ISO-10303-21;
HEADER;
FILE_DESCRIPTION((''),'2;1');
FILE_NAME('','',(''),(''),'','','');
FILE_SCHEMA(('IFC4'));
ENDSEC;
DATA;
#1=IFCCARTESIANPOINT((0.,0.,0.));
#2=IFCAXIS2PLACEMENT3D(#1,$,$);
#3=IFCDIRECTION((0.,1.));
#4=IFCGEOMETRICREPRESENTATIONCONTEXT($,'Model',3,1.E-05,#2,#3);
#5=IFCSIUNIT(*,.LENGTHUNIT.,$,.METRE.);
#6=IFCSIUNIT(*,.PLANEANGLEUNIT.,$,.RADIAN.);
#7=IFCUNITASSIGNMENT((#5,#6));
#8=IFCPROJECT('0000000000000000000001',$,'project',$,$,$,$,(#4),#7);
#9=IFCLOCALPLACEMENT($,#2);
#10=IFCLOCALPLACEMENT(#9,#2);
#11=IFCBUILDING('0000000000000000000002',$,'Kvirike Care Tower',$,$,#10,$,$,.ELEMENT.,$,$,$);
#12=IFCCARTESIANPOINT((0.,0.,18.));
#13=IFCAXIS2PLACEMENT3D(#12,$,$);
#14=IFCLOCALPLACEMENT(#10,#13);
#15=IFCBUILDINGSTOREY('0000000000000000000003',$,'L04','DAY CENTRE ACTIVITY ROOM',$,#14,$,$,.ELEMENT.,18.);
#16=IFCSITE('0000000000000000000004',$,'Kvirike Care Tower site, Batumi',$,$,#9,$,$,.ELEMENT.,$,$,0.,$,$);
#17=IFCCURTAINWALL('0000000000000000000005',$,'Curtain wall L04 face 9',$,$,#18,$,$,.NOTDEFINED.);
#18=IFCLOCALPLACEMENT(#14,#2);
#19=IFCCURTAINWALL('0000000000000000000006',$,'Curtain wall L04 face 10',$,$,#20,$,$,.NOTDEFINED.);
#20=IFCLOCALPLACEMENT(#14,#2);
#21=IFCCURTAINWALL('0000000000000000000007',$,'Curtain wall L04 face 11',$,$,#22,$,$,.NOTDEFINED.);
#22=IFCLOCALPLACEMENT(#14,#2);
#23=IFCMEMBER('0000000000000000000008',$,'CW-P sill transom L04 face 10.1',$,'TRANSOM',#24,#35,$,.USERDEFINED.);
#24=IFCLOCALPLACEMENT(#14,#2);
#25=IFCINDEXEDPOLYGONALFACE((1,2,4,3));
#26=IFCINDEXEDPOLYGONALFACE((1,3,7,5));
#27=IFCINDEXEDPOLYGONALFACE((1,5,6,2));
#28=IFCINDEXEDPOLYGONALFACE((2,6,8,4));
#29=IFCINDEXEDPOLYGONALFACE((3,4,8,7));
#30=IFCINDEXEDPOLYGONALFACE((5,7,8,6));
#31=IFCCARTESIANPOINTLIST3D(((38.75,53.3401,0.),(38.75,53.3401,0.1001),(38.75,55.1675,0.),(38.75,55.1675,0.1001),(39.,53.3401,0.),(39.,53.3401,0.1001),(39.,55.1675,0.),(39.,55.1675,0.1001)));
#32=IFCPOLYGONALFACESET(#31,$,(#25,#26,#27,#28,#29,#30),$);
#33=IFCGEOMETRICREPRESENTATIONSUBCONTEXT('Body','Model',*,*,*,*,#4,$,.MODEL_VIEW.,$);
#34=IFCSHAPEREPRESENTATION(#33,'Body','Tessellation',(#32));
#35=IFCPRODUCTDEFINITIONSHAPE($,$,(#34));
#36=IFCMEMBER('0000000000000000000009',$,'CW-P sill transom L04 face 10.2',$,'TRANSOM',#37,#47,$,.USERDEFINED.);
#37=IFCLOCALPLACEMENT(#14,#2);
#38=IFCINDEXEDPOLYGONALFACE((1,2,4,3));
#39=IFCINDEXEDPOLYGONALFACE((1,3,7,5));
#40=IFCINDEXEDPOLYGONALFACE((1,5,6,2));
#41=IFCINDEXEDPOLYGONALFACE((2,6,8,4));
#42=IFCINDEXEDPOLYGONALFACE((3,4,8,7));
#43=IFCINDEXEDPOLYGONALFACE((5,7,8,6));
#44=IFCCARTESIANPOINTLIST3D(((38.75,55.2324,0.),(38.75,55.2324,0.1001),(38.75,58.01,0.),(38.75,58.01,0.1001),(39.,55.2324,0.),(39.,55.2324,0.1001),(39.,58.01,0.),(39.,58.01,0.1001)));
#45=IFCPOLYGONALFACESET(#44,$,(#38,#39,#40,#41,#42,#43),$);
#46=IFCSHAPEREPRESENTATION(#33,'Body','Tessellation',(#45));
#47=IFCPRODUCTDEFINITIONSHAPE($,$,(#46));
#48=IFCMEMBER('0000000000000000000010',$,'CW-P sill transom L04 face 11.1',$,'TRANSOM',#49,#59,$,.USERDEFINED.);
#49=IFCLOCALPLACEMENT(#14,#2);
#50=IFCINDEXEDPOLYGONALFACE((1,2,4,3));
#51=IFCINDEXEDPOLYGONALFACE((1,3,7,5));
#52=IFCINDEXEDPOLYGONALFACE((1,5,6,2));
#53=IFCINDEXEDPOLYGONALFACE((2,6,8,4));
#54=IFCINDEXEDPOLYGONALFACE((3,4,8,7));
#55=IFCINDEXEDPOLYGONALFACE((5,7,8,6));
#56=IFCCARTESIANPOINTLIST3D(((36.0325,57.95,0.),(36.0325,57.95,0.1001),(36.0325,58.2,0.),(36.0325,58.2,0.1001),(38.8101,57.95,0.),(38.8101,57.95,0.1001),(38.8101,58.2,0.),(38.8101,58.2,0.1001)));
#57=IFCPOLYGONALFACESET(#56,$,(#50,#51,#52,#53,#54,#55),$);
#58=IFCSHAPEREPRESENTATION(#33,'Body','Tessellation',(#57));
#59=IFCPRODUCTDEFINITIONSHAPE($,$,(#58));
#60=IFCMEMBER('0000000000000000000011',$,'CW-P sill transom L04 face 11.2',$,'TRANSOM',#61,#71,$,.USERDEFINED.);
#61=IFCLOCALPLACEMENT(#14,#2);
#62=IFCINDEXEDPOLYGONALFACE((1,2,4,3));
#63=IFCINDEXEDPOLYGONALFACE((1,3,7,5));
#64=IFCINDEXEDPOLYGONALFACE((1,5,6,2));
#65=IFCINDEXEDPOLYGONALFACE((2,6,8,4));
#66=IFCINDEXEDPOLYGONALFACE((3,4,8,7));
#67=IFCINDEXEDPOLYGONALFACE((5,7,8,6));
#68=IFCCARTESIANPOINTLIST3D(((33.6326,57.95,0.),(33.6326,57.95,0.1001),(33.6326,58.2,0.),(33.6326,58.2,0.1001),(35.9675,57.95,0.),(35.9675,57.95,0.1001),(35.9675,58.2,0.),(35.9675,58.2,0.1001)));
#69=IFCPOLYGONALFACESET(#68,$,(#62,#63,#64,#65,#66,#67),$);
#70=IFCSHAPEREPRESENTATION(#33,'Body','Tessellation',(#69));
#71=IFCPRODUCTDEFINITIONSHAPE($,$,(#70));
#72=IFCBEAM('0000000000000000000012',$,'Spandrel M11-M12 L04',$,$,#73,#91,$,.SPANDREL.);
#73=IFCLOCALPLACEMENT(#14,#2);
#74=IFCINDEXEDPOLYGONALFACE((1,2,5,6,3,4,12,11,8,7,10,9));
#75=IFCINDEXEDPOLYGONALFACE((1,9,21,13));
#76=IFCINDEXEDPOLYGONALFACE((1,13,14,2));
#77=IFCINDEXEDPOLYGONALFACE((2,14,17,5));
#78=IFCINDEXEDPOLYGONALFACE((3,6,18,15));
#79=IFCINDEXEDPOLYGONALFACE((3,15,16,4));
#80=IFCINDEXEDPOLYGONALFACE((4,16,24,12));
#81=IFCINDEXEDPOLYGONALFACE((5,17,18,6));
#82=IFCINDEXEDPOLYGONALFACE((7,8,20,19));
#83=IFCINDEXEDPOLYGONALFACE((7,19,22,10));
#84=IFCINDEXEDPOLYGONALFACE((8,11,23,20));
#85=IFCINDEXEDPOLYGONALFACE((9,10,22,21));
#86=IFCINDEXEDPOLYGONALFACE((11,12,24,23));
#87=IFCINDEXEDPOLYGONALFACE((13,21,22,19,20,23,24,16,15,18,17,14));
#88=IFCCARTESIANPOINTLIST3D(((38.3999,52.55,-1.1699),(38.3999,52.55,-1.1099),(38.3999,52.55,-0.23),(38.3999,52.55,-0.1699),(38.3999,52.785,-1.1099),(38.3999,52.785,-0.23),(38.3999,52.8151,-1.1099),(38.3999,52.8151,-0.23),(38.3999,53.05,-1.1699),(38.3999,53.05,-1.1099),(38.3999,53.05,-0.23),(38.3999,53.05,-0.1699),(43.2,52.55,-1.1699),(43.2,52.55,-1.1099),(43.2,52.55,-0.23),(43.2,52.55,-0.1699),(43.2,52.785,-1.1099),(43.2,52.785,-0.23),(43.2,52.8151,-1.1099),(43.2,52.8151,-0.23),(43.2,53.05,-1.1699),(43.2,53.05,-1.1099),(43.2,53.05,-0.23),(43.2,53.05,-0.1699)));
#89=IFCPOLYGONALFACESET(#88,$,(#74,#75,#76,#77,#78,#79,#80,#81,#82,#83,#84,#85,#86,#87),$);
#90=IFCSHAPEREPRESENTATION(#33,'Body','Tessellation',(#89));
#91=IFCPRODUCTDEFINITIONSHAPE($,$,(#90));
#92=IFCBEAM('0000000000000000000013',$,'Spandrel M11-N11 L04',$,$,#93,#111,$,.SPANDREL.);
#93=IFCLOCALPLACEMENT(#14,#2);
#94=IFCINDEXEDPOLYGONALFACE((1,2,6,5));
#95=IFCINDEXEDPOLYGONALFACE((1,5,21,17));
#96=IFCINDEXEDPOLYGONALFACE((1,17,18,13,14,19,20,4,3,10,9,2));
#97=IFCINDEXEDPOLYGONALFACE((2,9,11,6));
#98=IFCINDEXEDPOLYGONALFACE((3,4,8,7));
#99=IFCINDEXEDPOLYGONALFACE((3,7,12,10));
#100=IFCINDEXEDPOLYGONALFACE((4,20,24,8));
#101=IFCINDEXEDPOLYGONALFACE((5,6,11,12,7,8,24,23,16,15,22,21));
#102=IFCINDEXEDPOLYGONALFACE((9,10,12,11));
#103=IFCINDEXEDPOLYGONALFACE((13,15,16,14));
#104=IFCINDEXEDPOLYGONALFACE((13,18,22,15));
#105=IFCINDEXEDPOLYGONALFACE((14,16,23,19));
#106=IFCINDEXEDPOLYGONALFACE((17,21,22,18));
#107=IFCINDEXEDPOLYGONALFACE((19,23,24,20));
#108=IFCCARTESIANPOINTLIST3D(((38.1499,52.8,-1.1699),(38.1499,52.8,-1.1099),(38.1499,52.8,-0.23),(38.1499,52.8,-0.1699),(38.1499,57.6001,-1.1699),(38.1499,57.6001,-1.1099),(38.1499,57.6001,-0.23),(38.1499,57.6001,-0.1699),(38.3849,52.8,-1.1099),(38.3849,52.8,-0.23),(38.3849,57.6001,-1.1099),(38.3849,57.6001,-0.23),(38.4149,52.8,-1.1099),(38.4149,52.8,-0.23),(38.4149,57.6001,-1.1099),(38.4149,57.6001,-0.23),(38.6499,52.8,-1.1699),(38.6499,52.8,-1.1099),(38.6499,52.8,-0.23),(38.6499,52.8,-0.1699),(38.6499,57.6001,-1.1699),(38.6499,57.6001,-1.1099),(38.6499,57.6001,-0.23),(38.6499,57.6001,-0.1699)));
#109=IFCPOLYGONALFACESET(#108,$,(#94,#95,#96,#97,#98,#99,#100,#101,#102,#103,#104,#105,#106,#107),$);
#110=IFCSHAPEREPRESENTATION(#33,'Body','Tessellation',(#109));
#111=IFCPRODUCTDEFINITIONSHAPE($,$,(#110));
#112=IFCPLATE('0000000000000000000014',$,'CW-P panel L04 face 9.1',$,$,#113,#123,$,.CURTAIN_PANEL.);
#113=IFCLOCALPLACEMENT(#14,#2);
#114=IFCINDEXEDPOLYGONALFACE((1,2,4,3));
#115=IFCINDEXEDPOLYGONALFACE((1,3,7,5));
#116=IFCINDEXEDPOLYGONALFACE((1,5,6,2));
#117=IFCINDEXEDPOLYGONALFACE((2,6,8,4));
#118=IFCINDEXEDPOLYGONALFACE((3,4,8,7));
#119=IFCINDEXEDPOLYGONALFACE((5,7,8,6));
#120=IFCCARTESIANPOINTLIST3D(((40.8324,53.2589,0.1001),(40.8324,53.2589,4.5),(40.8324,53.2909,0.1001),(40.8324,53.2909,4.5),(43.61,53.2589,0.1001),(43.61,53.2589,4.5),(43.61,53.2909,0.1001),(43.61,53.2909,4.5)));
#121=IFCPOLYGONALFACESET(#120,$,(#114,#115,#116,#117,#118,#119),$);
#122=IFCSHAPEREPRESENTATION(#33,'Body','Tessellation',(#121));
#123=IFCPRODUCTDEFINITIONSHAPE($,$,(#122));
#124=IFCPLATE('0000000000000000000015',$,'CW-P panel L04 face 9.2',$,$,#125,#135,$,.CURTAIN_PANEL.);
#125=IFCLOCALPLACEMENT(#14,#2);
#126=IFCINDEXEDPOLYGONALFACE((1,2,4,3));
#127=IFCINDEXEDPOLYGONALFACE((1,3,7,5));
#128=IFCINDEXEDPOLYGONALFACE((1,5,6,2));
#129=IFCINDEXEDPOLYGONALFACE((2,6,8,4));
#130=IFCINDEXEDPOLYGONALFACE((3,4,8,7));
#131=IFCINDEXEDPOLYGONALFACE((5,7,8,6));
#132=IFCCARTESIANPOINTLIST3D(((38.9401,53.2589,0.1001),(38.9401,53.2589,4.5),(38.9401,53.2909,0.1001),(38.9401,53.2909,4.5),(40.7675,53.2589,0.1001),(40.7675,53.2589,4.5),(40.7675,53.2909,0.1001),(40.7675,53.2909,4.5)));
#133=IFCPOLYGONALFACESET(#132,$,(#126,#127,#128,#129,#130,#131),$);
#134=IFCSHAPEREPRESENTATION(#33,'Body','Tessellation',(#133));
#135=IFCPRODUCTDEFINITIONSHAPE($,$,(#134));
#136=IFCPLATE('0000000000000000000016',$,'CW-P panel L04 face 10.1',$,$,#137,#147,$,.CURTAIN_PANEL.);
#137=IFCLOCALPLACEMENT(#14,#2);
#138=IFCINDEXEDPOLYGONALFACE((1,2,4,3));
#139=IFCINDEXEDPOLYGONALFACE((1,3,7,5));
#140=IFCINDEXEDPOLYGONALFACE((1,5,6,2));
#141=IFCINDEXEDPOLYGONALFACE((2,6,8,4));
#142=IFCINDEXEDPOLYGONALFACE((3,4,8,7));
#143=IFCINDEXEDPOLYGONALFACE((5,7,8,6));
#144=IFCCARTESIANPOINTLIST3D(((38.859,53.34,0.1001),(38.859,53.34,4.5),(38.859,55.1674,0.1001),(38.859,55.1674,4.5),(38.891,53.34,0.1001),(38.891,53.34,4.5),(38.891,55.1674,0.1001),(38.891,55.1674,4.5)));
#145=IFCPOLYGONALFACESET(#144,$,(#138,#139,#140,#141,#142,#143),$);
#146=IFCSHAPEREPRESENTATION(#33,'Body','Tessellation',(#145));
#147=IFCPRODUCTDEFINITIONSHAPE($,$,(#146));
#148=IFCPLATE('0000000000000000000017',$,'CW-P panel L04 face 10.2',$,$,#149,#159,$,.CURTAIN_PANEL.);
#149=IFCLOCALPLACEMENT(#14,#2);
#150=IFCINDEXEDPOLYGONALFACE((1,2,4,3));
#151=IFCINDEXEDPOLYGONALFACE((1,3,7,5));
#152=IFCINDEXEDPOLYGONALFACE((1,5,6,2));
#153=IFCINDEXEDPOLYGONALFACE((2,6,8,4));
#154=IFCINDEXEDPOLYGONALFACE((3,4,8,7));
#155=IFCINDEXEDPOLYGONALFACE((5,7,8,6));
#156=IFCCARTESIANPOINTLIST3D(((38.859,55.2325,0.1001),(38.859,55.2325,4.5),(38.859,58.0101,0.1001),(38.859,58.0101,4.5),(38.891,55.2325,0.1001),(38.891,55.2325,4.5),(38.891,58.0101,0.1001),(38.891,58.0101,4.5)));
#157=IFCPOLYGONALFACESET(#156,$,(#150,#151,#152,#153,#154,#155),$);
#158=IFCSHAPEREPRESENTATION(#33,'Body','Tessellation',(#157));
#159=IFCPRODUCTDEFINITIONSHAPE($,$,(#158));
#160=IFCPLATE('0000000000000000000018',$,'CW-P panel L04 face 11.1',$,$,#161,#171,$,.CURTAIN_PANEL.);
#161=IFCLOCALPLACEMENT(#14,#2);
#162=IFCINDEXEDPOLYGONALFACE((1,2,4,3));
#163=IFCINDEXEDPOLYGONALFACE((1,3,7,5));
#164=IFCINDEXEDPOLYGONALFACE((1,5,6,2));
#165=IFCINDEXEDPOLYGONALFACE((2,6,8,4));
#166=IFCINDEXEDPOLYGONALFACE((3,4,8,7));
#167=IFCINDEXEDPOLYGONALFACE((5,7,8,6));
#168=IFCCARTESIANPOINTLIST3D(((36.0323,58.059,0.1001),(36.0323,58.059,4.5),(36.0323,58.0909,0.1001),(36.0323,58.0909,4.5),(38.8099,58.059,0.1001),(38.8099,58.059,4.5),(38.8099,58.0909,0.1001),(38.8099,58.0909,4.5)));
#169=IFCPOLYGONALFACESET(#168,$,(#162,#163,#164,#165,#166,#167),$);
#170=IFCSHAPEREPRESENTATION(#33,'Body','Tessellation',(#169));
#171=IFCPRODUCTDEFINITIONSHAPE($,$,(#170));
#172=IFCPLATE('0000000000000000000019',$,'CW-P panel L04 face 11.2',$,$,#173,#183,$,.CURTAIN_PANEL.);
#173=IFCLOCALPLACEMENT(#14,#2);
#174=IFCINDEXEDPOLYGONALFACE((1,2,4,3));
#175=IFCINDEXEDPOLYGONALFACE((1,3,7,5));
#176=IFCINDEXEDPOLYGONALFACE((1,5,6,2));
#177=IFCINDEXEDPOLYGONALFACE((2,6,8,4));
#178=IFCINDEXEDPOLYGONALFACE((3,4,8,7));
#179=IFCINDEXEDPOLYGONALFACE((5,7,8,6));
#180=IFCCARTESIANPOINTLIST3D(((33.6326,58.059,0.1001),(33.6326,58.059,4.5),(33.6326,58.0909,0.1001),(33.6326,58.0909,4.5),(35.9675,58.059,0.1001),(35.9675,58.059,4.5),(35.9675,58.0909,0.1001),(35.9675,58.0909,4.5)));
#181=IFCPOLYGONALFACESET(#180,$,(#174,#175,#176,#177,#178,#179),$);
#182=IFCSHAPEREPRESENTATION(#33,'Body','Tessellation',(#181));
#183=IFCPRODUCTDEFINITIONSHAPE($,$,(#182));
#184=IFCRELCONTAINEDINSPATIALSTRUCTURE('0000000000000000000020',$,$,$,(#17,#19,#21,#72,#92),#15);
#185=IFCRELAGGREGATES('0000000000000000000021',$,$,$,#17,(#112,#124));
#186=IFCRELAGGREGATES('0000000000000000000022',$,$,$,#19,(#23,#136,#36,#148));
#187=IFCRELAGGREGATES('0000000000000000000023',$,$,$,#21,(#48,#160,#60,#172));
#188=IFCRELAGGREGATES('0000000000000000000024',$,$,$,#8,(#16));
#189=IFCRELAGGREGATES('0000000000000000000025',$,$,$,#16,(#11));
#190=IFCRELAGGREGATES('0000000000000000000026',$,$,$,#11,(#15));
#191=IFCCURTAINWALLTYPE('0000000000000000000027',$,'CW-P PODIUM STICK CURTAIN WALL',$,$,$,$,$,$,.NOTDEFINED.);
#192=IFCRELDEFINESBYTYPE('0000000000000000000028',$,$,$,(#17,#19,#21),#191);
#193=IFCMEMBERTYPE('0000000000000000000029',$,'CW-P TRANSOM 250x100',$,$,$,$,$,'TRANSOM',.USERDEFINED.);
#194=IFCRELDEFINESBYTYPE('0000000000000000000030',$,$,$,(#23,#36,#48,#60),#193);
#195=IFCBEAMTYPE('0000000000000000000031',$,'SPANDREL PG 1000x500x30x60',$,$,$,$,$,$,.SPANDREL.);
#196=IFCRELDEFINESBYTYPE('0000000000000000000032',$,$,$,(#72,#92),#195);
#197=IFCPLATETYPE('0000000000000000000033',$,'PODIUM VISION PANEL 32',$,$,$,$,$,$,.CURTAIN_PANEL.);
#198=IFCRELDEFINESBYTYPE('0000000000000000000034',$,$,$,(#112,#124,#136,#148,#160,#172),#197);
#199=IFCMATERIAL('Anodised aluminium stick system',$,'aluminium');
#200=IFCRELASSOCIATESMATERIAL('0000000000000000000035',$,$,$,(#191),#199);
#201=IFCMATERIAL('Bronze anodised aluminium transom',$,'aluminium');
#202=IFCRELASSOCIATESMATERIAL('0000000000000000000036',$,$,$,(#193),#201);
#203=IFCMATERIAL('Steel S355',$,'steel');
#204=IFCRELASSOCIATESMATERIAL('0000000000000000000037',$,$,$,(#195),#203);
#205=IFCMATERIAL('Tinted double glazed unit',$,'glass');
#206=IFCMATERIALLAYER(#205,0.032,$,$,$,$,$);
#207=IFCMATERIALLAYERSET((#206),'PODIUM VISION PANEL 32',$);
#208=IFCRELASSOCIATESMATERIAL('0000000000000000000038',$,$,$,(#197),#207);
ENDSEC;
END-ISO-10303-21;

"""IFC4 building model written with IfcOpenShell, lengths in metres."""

from ifc_helpers import new_model, si_unit, direction, frame, origin, origin_2d, place, context, subcontext, project, spatial, rectangle, i_section, extrude, material, layer, layer_set, material_profile, profile_set, type_object, element, aggregate, save


model = new_model("IFC4")

# Units and contexts
model_context = context("Model", 3, precision=1e-05, world=origin(), true_north=direction((0.0, 1.0)))
body_context = subcontext(model_context, "Body", "Model", "MODEL_VIEW")
ifc_project = project(units=[si_unit("LENGTHUNIT", "METRE"), si_unit("PLANEANGLEUNIT", "RADIAN")], contexts=[model_context])

# Site, building, storey
site_placement = place(None, origin())
site = spatial("IfcSite", under=ifc_project, at=site_placement, Name="Kvirike Care Tower site, Batumi", CompositionType="ELEMENT", RefElevation=0.0)
building_placement = place(site_placement, origin())
building = spatial("IfcBuilding", under=site, at=building_placement, Name="Kvirike Care Tower", CompositionType="ELEMENT")
storey_placement = place(building_placement, frame((0.0, 0.0, 18.0)))
storey = spatial("IfcBuildingStorey", under=building, at=storey_placement, Name="L04", Description="DAY CENTRE ACTIVITY ROOM", CompositionType="ELEMENT", Elevation=18.0)

# Shared definitions
ifc_material_1 = material(Name="Anodised aluminium stick system", Category="aluminium")
curtain_wall_type = type_object("IfcCurtainWallType", Name="CW-P PODIUM STICK CURTAIN WALL", PredefinedType="NOTDEFINED", material=ifc_material_1)

# Curtain walls
curtain_wall_1_placement = place(storey_placement, origin())
curtain_wall_1 = element("IfcCurtainWall", 1, at=curtain_wall_1_placement, inside=storey, type_object=curtain_wall_type, Name="Curtain wall L04 face 9", PredefinedType="NOTDEFINED")
curtain_wall_2_placement = place(storey_placement, origin())
curtain_wall_2 = element("IfcCurtainWall", 2, at=curtain_wall_2_placement, inside=storey, type_object=curtain_wall_type, Name="Curtain wall L04 face 10", PredefinedType="NOTDEFINED")
curtain_wall_3_placement = place(storey_placement, origin())
curtain_wall_3 = element("IfcCurtainWall", 3, at=curtain_wall_3_placement, inside=storey, type_object=curtain_wall_type, Name="Curtain wall L04 face 11", PredefinedType="NOTDEFINED")

# Members
ifc_material_2 = material(Name="Bronze anodised aluminium transom", Category="aluminium")
ifc_material_profile_1 = material_profile(ifc_material_2, rectangle(XDim=0.25, YDim=0.1001, at=origin_2d()), Name="CW-P TRANSOM 250x100")
ifc_profile_set_1 = profile_set([ifc_material_profile_1], Name="Bronze anodised aluminium transom")
member_type_1 = type_object("IfcMemberType", Name="CW-P TRANSOM 250x100", ElementType="TRANSOM", PredefinedType="USERDEFINED", material=ifc_profile_set_1)
member_1_placement = place(storey_placement, frame((38.875, 53.3401, 0.05), z_axis=(0.0, 1.0, 0.0), x_axis=(-1.0, 0.0, 0.0)))
member_1 = element("IfcMember", 4, at=member_1_placement, type_object=member_type_1, Name="CW-P sill transom L04 face 10.1", ObjectType="TRANSOM", PredefinedType="USERDEFINED", context=body_context, shape_type="SweptSolid", body=[
    extrude(rectangle(XDim=0.25, YDim=0.1001, at=origin_2d()), origin(), (0.0, 0.0, 1.0), 1.8274),
])
member_2_placement = place(storey_placement, frame((38.875, 55.2324, 0.05), z_axis=(0.0, 1.0, 0.0), x_axis=(-1.0, 0.0, 0.0)))
member_2 = element("IfcMember", 5, at=member_2_placement, type_object=member_type_1, Name="CW-P sill transom L04 face 10.2", ObjectType="TRANSOM", PredefinedType="USERDEFINED", context=body_context, shape_type="SweptSolid", body=[
    extrude(rectangle(XDim=0.25, YDim=0.1001, at=origin_2d()), origin(), (0.0, 0.0, 1.0), 2.7776),
])
member_3_placement = place(storey_placement, frame((38.8101, 58.075, 0.05), z_axis=(-1.0, 0.0, 0.0), x_axis=(0.0, -1.0, 0.0)))
member_3 = element("IfcMember", 6, at=member_3_placement, type_object=member_type_1, Name="CW-P sill transom L04 face 11.1", ObjectType="TRANSOM", PredefinedType="USERDEFINED", context=body_context, shape_type="SweptSolid", body=[
    extrude(rectangle(XDim=0.25, YDim=0.1001, at=origin_2d()), origin(), (0.0, 0.0, 1.0), 2.7776),
])
member_4_placement = place(storey_placement, frame((35.9675, 58.075, 0.05), z_axis=(-1.0, 0.0, 0.0), x_axis=(0.0, -1.0, 0.0)))
member_4 = element("IfcMember", 7, at=member_4_placement, type_object=member_type_1, Name="CW-P sill transom L04 face 11.2", ObjectType="TRANSOM", PredefinedType="USERDEFINED", context=body_context, shape_type="SweptSolid", body=[
    extrude(rectangle(XDim=0.25, YDim=0.1001, at=origin_2d()), origin(), (0.0, 0.0, 1.0), 2.335),
])

# Beams
ifc_material_3 = material(Name="Steel S355", Category="steel")
ifc_material_profile_2 = material_profile(ifc_material_3, i_section(OverallWidth=0.5, OverallDepth=1.0, WebThickness=0.03, FlangeThickness=0.0601, at=origin_2d()), Name="PG 1000x500x30x60")
ifc_profile_set_2 = profile_set([ifc_material_profile_2], Name="Steel S355")
beam_type = type_object("IfcBeamType", Name="SPANDREL PG 1000x500x30x60", PredefinedType="SPANDREL", material=ifc_profile_set_2)
for number, where, z_axis, x_axis, name in (
    (8, (38.3999, 52.8, -0.6699), (1.0, 0.0, 0.0), (0.0, 1.0, 0.0), "Spandrel M11-M12 L04"),
    (9, (38.3999, 52.8, -0.6699), (0.0, 1.0, 0.0), (-1.0, 0.0, 0.0), "Spandrel M11-N11 L04"),
):
    element("IfcBeam", number, at=place(storey_placement, frame(where, z_axis=z_axis, x_axis=x_axis)), inside=storey, type_object=beam_type, Name=name, PredefinedType="SPANDREL", context=body_context, shape_type="SweptSolid", body=[
        extrude(i_section(OverallWidth=0.5, OverallDepth=1.0, WebThickness=0.03, FlangeThickness=0.0601, at=origin_2d()), origin(), (0.0, 0.0, 1.0), 4.8),
    ])

# Plates
ifc_material_4 = material(Name="Tinted double glazed unit", Category="glass")
ifc_layer = layer(ifc_material_4, 0.032)
ifc_layer_set = layer_set([ifc_layer], Name="PODIUM VISION PANEL 32")
plate_type = type_object("IfcPlateType", Name="PODIUM VISION PANEL 32", PredefinedType="CURTAIN_PANEL", material=ifc_layer_set)
plate_1_placement = place(storey_placement, frame((42.2212, 53.2749, 0.1001), z_axis=(0.0, 0.0, 1.0), x_axis=(-1.0, 0.0, 0.0)))
plate_1 = element("IfcPlate", 10, at=plate_1_placement, type_object=plate_type, Name="CW-P panel L04 face 9.1", PredefinedType="CURTAIN_PANEL", context=body_context, shape_type="SweptSolid", body=[
    extrude(rectangle(XDim=2.7776, YDim=0.032, at=origin_2d()), origin(), (0.0, 0.0, 1.0), 4.3999),
])
plate_2_placement = place(storey_placement, frame((39.8538, 53.2749, 0.1001), z_axis=(0.0, 0.0, 1.0), x_axis=(-1.0, 0.0, 0.0)))
plate_2 = element("IfcPlate", 11, at=plate_2_placement, type_object=plate_type, Name="CW-P panel L04 face 9.2", PredefinedType="CURTAIN_PANEL", context=body_context, shape_type="SweptSolid", body=[
    extrude(rectangle(XDim=1.8274, YDim=0.032, at=origin_2d()), origin(), (0.0, 0.0, 1.0), 4.3999),
])
aggregate(curtain_wall_1, [plate_1, plate_2])
plate_3_placement = place(storey_placement, frame((38.875, 54.2537, 0.1001), z_axis=(0.0, 0.0, 1.0), x_axis=(0.0, 1.0, 0.0)))
plate_3 = element("IfcPlate", 12, at=plate_3_placement, type_object=plate_type, Name="CW-P panel L04 face 10.1", PredefinedType="CURTAIN_PANEL", context=body_context, shape_type="SweptSolid", body=[
    extrude(rectangle(XDim=1.8274, YDim=0.032, at=origin_2d()), origin(), (0.0, 0.0, 1.0), 4.3999),
])
plate_4_placement = place(storey_placement, frame((38.875, 56.6213, 0.1001), z_axis=(0.0, 0.0, 1.0), x_axis=(0.0, 1.0, 0.0)))
plate_4 = element("IfcPlate", 13, at=plate_4_placement, type_object=plate_type, Name="CW-P panel L04 face 10.2", PredefinedType="CURTAIN_PANEL", context=body_context, shape_type="SweptSolid", body=[
    extrude(rectangle(XDim=2.7776, YDim=0.032, at=origin_2d()), origin(), (0.0, 0.0, 1.0), 4.3999),
])
aggregate(curtain_wall_2, [member_1, plate_3, member_2, plate_4])
plate_5_placement = place(storey_placement, frame((37.4211, 58.075, 0.1001), z_axis=(0.0, 0.0, 1.0), x_axis=(-1.0, 0.0, 0.0)))
plate_5 = element("IfcPlate", 14, at=plate_5_placement, type_object=plate_type, Name="CW-P panel L04 face 11.1", PredefinedType="CURTAIN_PANEL", context=body_context, shape_type="SweptSolid", body=[
    extrude(rectangle(XDim=2.7776, YDim=0.032, at=origin_2d()), origin(), (0.0, 0.0, 1.0), 4.3999),
])
plate_6_placement = place(storey_placement, frame((34.8, 58.075, 0.1001), z_axis=(0.0, 0.0, 1.0), x_axis=(-1.0, 0.0, 0.0)))
plate_6 = element("IfcPlate", 15, at=plate_6_placement, type_object=plate_type, Name="CW-P panel L04 face 11.2", PredefinedType="CURTAIN_PANEL", context=body_context, shape_type="SweptSolid", body=[
    extrude(rectangle(XDim=2.335, YDim=0.032, at=origin_2d()), origin(), (0.0, 0.0, 1.0), 4.3999),
])
aggregate(curtain_wall_3, [member_3, plate_5, member_4, plate_6])

save(model, "model.ifc")
